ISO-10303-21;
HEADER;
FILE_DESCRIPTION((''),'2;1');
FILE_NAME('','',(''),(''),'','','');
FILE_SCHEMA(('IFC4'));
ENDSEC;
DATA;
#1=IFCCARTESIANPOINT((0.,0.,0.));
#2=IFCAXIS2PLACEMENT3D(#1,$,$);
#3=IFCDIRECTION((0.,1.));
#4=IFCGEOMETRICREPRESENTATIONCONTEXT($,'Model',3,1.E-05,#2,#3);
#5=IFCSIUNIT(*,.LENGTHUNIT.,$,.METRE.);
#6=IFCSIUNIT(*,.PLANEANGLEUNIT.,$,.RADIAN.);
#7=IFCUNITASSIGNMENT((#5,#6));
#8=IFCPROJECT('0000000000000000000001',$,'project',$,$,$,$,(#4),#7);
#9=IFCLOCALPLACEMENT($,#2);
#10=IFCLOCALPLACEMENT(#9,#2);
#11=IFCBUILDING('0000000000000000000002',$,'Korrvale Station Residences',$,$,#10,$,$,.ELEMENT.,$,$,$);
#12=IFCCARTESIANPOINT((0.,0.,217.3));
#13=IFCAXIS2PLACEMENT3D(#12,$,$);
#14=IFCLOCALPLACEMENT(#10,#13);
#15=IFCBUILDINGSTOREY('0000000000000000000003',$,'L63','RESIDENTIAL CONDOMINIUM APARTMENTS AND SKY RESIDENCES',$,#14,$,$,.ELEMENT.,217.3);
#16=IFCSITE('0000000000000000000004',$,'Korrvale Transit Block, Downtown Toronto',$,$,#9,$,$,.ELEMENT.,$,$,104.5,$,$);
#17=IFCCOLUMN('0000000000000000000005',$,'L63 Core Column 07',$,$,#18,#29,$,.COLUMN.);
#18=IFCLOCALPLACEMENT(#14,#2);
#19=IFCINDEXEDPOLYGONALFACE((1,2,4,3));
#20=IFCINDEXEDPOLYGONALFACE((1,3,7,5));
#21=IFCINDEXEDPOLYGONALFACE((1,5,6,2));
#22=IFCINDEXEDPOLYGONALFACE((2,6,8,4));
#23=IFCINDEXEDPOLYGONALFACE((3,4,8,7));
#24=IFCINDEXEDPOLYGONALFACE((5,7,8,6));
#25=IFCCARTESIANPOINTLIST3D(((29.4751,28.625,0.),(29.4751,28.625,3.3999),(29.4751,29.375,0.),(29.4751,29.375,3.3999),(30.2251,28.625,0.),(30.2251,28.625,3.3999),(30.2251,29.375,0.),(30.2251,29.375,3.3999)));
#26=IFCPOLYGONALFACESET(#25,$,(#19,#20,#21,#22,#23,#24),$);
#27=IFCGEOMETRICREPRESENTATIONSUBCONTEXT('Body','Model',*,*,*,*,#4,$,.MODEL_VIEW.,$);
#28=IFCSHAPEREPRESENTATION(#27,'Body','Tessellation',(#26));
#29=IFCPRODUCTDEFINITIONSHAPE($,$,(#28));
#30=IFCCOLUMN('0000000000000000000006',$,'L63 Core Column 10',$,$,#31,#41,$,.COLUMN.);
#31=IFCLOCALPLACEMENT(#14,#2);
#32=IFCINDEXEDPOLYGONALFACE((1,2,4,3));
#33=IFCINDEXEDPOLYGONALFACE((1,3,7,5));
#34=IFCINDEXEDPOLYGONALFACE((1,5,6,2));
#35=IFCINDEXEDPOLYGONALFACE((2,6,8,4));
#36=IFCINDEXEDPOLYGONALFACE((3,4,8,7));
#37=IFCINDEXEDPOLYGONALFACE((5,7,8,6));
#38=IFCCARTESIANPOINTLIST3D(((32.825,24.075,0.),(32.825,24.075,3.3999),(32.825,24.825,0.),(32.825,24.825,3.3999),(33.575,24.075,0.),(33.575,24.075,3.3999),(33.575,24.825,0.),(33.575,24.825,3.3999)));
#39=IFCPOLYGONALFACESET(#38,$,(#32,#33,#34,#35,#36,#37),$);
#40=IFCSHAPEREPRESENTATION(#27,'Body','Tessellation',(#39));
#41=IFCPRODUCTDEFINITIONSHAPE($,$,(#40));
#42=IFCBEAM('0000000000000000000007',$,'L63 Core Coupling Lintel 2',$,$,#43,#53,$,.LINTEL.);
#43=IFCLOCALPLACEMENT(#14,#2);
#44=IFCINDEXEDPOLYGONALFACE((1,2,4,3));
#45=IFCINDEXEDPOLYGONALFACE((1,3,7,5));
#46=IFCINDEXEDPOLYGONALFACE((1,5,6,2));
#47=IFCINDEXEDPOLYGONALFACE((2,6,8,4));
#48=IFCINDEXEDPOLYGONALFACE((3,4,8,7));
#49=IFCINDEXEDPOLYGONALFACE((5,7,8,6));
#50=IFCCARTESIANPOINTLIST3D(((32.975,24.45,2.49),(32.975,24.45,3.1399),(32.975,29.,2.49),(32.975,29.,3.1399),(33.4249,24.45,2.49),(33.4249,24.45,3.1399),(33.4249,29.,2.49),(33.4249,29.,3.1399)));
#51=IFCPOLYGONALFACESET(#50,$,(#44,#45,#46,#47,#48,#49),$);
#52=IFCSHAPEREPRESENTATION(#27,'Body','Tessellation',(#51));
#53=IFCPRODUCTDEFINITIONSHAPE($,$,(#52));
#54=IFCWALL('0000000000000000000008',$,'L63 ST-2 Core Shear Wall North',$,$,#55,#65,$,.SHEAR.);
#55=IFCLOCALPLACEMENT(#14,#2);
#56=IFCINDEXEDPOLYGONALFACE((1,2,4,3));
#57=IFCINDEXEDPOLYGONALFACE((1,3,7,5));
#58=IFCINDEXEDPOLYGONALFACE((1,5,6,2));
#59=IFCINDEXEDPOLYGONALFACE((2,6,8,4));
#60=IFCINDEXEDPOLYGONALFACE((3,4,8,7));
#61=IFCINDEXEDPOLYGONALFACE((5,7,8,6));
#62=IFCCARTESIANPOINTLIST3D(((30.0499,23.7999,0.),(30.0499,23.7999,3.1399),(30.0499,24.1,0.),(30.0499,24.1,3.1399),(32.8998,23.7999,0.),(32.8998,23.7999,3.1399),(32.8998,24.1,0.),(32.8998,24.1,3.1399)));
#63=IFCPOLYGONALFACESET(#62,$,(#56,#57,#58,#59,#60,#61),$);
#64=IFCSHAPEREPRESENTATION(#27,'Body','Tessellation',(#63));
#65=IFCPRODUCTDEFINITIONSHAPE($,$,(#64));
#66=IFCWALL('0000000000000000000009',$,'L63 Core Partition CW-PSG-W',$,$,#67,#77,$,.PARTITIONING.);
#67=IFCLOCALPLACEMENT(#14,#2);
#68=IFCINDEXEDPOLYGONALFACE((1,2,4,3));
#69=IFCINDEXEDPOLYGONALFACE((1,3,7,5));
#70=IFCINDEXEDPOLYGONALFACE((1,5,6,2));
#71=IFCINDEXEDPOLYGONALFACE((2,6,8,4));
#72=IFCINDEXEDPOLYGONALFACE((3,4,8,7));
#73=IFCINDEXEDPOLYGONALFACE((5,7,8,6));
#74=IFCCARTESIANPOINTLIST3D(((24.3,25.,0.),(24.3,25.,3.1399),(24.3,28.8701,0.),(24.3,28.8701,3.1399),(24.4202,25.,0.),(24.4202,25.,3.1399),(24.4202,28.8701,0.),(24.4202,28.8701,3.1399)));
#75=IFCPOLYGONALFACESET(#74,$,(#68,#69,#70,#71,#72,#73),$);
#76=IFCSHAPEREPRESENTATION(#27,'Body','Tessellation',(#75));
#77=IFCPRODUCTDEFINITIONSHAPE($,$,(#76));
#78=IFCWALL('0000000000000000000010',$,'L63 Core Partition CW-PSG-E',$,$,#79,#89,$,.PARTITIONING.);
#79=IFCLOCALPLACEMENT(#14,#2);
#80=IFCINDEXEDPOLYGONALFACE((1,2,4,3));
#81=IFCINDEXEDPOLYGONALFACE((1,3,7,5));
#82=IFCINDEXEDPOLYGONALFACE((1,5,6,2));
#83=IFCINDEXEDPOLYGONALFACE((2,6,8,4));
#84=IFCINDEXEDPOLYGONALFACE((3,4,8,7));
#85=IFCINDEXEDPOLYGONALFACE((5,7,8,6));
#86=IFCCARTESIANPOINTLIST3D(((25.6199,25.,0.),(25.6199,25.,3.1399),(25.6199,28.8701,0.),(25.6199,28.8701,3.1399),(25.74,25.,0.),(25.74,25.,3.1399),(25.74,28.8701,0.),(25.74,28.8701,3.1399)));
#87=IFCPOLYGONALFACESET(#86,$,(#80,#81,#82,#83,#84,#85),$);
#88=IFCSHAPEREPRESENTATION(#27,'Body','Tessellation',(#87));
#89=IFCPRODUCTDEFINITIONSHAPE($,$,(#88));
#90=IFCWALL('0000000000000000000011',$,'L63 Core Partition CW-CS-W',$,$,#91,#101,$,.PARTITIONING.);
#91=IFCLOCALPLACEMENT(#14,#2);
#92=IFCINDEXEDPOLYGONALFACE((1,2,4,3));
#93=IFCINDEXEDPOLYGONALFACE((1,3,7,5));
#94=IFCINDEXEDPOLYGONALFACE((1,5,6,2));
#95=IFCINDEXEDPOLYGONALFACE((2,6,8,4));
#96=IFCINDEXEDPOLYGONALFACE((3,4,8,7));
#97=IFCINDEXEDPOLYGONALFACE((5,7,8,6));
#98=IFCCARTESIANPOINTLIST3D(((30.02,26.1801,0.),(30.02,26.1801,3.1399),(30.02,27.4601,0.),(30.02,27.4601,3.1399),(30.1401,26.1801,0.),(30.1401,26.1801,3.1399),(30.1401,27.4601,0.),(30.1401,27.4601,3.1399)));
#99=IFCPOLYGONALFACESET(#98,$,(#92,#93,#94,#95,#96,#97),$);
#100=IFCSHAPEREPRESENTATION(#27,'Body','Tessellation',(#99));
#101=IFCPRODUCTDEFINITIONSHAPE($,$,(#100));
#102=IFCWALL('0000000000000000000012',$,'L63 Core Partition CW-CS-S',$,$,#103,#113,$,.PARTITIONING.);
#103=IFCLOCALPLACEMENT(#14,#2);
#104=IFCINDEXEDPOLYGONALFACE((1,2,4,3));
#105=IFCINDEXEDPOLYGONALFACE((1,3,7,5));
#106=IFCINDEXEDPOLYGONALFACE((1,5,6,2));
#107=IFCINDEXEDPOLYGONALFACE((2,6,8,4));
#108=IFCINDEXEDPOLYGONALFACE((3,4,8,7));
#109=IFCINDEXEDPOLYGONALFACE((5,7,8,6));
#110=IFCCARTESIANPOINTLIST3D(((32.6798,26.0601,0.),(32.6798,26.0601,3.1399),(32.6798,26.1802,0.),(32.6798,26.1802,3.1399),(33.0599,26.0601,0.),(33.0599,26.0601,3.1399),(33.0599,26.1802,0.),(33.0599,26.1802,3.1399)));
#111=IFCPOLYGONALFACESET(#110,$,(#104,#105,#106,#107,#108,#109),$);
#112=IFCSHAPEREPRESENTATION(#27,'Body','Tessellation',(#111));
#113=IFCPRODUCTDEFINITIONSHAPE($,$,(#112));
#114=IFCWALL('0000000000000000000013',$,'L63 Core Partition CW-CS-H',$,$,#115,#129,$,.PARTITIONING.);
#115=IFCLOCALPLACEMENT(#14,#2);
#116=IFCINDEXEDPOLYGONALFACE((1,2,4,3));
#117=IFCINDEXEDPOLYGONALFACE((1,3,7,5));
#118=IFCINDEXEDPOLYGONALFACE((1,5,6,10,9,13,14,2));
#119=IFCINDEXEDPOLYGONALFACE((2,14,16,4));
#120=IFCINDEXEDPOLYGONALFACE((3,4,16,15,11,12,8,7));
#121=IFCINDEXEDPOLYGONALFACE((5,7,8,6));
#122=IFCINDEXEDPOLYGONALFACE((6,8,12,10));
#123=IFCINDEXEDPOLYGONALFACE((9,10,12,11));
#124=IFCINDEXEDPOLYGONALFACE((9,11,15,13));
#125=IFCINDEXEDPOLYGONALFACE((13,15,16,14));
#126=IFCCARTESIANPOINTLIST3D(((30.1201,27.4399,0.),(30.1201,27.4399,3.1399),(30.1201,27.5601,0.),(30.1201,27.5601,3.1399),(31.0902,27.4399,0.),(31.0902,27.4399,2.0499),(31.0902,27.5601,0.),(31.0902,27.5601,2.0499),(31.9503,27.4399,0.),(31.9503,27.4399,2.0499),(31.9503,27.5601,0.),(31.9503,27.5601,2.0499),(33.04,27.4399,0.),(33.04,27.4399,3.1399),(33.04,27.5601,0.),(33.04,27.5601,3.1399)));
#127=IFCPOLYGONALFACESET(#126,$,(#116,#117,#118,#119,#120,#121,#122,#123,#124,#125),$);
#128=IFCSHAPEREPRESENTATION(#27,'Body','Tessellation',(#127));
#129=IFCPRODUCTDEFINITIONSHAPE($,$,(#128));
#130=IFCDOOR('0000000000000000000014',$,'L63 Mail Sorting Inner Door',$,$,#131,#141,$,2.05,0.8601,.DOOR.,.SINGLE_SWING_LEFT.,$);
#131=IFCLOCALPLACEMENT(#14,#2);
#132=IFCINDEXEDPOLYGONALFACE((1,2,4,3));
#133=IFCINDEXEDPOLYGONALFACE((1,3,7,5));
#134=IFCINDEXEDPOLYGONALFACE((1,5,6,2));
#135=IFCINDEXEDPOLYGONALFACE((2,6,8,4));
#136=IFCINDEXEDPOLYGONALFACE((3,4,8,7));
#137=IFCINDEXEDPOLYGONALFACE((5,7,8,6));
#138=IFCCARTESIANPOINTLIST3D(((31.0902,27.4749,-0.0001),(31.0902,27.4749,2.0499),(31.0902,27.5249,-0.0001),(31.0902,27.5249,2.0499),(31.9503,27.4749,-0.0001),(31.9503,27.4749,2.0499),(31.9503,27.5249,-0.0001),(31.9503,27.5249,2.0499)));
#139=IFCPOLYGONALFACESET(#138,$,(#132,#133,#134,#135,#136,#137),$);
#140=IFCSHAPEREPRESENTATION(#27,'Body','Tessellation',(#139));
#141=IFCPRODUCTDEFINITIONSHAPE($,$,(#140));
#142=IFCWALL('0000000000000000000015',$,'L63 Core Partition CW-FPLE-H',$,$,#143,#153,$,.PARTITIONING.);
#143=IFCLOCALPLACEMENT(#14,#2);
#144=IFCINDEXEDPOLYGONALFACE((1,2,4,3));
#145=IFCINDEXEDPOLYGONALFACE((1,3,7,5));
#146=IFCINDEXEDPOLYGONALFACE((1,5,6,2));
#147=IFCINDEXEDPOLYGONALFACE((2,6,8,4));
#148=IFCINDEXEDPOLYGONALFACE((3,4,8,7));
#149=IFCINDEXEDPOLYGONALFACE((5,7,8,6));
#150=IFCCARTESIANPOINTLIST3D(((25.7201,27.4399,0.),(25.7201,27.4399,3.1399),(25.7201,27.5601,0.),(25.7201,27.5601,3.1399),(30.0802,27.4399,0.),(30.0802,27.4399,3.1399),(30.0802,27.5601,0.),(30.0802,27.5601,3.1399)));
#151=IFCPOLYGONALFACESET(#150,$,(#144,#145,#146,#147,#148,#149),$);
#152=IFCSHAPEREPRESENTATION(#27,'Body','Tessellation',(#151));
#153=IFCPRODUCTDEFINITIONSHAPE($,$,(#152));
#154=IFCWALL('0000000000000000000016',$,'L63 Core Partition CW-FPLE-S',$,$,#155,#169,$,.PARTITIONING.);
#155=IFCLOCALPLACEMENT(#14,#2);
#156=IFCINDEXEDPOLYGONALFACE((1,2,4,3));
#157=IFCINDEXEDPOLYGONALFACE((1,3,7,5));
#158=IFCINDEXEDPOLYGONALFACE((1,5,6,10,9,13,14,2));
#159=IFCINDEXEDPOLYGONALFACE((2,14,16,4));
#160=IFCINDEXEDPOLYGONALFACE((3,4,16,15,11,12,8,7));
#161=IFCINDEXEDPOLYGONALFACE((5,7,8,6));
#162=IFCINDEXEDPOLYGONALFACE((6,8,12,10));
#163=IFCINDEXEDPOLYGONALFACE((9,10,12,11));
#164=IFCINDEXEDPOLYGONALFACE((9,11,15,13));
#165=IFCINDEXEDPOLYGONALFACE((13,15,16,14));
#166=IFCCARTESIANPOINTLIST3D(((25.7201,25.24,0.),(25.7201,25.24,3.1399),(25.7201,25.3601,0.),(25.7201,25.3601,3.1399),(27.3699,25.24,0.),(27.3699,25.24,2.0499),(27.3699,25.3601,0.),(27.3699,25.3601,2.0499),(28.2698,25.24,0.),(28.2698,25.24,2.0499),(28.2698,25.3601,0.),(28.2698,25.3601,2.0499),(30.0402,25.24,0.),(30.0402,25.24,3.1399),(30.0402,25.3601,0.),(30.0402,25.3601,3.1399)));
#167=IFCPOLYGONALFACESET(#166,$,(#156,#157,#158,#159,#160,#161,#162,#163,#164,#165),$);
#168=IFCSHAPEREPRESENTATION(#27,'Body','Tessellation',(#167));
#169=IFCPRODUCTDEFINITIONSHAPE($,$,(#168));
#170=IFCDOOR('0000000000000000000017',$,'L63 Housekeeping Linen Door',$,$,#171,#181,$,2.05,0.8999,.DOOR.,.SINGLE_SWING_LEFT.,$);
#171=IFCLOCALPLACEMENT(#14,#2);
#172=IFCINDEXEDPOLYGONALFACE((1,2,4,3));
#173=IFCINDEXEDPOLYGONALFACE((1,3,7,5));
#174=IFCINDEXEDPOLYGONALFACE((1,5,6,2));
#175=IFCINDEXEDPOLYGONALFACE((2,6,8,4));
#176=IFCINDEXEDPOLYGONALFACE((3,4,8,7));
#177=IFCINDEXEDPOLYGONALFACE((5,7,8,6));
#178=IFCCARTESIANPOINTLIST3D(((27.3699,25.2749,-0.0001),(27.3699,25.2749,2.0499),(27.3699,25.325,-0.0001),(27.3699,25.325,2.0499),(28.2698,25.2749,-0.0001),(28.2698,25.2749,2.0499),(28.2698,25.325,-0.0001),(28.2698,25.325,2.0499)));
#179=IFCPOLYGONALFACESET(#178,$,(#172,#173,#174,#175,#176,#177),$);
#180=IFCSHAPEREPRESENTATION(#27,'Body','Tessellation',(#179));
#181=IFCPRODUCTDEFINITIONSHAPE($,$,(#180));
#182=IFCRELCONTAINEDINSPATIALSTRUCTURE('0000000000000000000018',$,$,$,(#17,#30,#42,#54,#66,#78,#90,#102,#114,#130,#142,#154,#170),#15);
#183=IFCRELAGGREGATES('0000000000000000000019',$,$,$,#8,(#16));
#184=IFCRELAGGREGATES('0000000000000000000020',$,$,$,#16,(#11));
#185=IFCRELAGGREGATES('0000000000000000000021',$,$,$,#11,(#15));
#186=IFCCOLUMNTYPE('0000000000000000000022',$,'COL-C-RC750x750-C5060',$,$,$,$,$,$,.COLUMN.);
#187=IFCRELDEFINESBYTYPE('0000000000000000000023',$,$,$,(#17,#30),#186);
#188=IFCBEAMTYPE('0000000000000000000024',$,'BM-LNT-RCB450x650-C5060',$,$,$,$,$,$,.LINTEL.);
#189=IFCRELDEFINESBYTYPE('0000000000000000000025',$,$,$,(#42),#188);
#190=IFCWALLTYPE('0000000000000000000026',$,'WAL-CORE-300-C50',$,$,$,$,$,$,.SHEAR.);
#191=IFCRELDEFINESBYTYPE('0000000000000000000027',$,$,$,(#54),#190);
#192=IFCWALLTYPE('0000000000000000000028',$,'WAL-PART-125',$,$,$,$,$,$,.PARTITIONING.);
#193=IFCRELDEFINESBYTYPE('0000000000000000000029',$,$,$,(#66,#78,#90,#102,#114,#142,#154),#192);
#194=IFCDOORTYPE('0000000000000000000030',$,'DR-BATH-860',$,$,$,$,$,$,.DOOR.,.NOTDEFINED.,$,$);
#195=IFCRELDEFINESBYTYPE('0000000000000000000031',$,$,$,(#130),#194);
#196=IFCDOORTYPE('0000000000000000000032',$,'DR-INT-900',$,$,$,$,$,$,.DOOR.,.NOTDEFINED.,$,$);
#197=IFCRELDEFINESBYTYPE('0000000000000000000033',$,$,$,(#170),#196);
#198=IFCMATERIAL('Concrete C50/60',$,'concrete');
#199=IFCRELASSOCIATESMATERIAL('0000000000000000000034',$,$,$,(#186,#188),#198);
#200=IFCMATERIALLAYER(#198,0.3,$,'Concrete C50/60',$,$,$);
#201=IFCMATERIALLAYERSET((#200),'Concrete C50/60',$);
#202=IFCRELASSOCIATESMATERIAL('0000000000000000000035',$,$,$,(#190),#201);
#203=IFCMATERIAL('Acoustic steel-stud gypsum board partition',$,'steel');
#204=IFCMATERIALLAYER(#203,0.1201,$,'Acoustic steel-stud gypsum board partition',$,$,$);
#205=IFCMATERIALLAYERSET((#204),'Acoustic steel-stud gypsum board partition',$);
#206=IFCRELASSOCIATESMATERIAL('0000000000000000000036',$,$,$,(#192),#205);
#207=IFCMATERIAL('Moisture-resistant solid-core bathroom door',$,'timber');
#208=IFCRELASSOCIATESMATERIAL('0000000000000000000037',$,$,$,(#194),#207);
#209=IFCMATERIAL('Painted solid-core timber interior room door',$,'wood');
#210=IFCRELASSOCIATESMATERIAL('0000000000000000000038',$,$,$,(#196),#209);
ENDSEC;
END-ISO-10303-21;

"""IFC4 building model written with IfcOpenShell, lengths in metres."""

from ifc_helpers import new_model, si_unit, direction, frame, frame_2d, origin, origin_2d, place, context, subcontext, project, spatial, rectangle, extrude, material, layer, layer_set, material_profile, profile_set, type_object, element, fill, save


model = new_model("IFC4")

# Units and contexts
model_context = context("Model", 3, precision=1e-05, world=origin(), true_north=direction((0.0, 1.0)))
body_context = subcontext(model_context, "Body", "Model", "MODEL_VIEW")
ifc_project = project(units=[si_unit("LENGTHUNIT", "METRE"), si_unit("PLANEANGLEUNIT", "RADIAN")], contexts=[model_context])

# Site, building, storey
site_placement = place(None, origin())
site = spatial("IfcSite", under=ifc_project, at=site_placement, Name="Korrvale Transit Block, Downtown Toronto", CompositionType="ELEMENT", RefElevation=104.5)
building_placement = place(site_placement, origin())
building = spatial("IfcBuilding", under=site, at=building_placement, Name="Korrvale Station Residences", CompositionType="ELEMENT")
storey_placement = place(building_placement, frame((0.0, 0.0, 217.3)))
storey = spatial("IfcBuildingStorey", under=building, at=storey_placement, Name="L63", Description="RESIDENTIAL CONDOMINIUM APARTMENTS AND SKY RESIDENCES", CompositionType="ELEMENT", Elevation=217.3)

# Columns
ifc_material_1 = material(Name="Concrete C50/60", Category="concrete")
ifc_material_profile_1 = material_profile(ifc_material_1, rectangle(XDim=0.75, YDim=0.75, at=origin_2d()), Name="RC750x750")
ifc_profile_set_1 = profile_set([ifc_material_profile_1], Name="Concrete C50/60")
column_type = type_object("IfcColumnType", Name="COL-C-RC750x750-C5060", PredefinedType="COLUMN", material=ifc_profile_set_1)
for number, where, z_axis, x_axis, name in (
    (1, (29.8501, 29.0, 0.0), (0.0, 0.0, 1.0), (1.0, 0.0, 0.0), "L63 Core Column 07"),
    (2, (33.2, 24.45, 0.0), (0.0, 0.0, 1.0), (1.0, 0.0, 0.0), "L63 Core Column 10"),
):
    element("IfcColumn", number, at=place(storey_placement, frame(where, z_axis=z_axis, x_axis=x_axis)), inside=storey, type_object=column_type, Name=name, PredefinedType="COLUMN", context=body_context, shape_type="SweptSolid", body=[
        extrude(rectangle(XDim=0.75, YDim=0.75, at=origin_2d()), origin(), (0.0, 0.0, 1.0), 3.3999),
    ])

# Beam
ifc_material_profile_2 = material_profile(ifc_material_1, rectangle(XDim=0.45, YDim=0.6499, at=origin_2d()), Name="RCB450x650")
ifc_profile_set_2 = profile_set([ifc_material_profile_2], Name="Concrete C50/60")
beam_type = type_object("IfcBeamType", Name="BM-LNT-RCB450x650-C5060", PredefinedType="LINTEL", material=ifc_profile_set_2)
beam_placement = place(storey_placement, frame((33.2, 24.45, 2.8149), z_axis=(0.0, 1.0, 0.0), x_axis=(-1.0, 0.0, 0.0)))
element("IfcBeam", 3, at=beam_placement, inside=storey, type_object=beam_type, Name="L63 Core Coupling Lintel 2", PredefinedType="LINTEL", context=body_context, shape_type="SweptSolid", body=[
    extrude(rectangle(XDim=0.45, YDim=0.6499, at=origin_2d()), origin(), (0.0, 0.0, 1.0), 4.55),
])

# Walls
ifc_layer_1 = layer(ifc_material_1, 0.3, Name="Concrete C50/60")
ifc_layer_set_1 = layer_set([ifc_layer_1], Name="Concrete C50/60")
wall_type_1 = type_object("IfcWallType", Name="WAL-CORE-300-C50", PredefinedType="SHEAR", material=ifc_layer_set_1)
wall_1_placement = place(storey_placement, frame((30.05, 23.95, 0.0), z_axis=(0.0, 0.0, 1.0), x_axis=(1.0, 0.0, 0.0)))
element("IfcWall", 4, at=wall_1_placement, inside=storey, type_object=wall_type_1, Name="L63 ST-2 Core Shear Wall North", PredefinedType="SHEAR", context=body_context, shape_type="SweptSolid", body=[
    extrude(rectangle(XDim=2.8499, YDim=0.3, at=frame_2d((1.4248, 0.0))), origin(), (0.0, 0.0, 1.0), 3.1399),
])
ifc_material_2 = material(Name="Acoustic steel-stud gypsum board partition", Category="steel")
ifc_layer_2 = layer(ifc_material_2, 0.1201, Name="Acoustic steel-stud gypsum board partition")
ifc_layer_set_2 = layer_set([ifc_layer_2], Name="Acoustic steel-stud gypsum board partition")
wall_type_2 = type_object("IfcWallType", Name="WAL-PART-125", PredefinedType="PARTITIONING", material=ifc_layer_set_2)
for number, where, z_axis, x_axis, name in (
    (5, (24.3601, 25.0, 0.0), (0.0, 0.0, 1.0), (0.0, 1.0, 0.0), "L63 Core Partition CW-PSG-W"),
    (6, (25.6799, 25.0, 0.0), (0.0, 0.0, 1.0), (0.0, 1.0, 0.0), "L63 Core Partition CW-PSG-E"),
):
    element("IfcWall", number, at=place(storey_placement, frame(where, z_axis=z_axis, x_axis=x_axis)), inside=storey, type_object=wall_type_2, Name=name, PredefinedType="PARTITIONING", context=body_context, shape_type="SweptSolid", body=[
        extrude(rectangle(XDim=3.8701, YDim=0.1201, at=frame_2d((1.9351, 0.0))), origin(), (0.0, 0.0, 1.0), 3.1399),
    ])
wall_2_placement = place(storey_placement, frame((30.0801, 26.1799, 0.0), z_axis=(0.0, 0.0, 1.0), x_axis=(0.0, 1.0, 0.0)))
element("IfcWall", 7, at=wall_2_placement, inside=storey, type_object=wall_type_2, Name="L63 Core Partition CW-CS-W", PredefinedType="PARTITIONING", context=body_context, shape_type="SweptSolid", body=[
    extrude(rectangle(XDim=1.28, YDim=0.1201, at=frame_2d((0.6401, 0.0))), origin(), (0.0, 0.0, 1.0), 3.1399),
])
wall_3_placement = place(storey_placement, frame((32.6799, 26.1201, 0.0), z_axis=(0.0, 0.0, 1.0), x_axis=(1.0, 0.0, 0.0)))
element("IfcWall", 8, at=wall_3_placement, inside=storey, type_object=wall_type_2, Name="L63 Core Partition CW-CS-S", PredefinedType="PARTITIONING", context=body_context, shape_type="SweptSolid", body=[
    extrude(rectangle(XDim=0.3801, YDim=0.1201, at=frame_2d((0.1899, 0.0))), origin(), (0.0, 0.0, 1.0), 3.1399),
])

# Wall, opening, door
wall_4_placement = place(storey_placement, frame((30.1201, 27.5, 0.0), z_axis=(0.0, 0.0, 1.0), x_axis=(1.0, 0.0, 0.0)))
wall_4 = element("IfcWall", 9, at=wall_4_placement, inside=storey, type_object=wall_type_2, Name="L63 Core Partition CW-CS-H", PredefinedType="PARTITIONING", context=body_context, shape_type="SweptSolid", body=[
    extrude(rectangle(XDim=2.9199, YDim=0.1201, at=frame_2d((1.46, 0.0))), origin(), (0.0, 0.0, 1.0), 3.1399),
])
opening_1_placement = place(wall_4_placement, frame((0.97, 0.0, 0.0)))
opening_1 = element("IfcOpeningElement", 10, at=opening_1_placement, cuts=wall_4, PredefinedType="OPENING", context=body_context, shape_type="SweptSolid", body=[
    extrude(rectangle(XDim=0.8601, YDim=2.05, at=frame_2d((0.4302, 1.0249))), frame((0.0, 0.0701, 0.0), z_axis=(0.0, -1.0, 0.0), x_axis=(1.0, 0.0, 0.0)), (0.0, 0.0, 1.0), 0.1401),
])
ifc_material_3 = material(Name="Moisture-resistant solid-core bathroom door", Category="timber")
door_type_1 = type_object("IfcDoorType", Name="DR-BATH-860", OperationType="NOTDEFINED", PredefinedType="DOOR", material=ifc_material_3)
door_1_placement = place(opening_1_placement, origin())
door_1 = element("IfcDoor", 11, at=door_1_placement, inside=storey, type_object=door_type_1, Name="L63 Mail Sorting Inner Door", OperationType="SINGLE_SWING_LEFT", OverallHeight=2.05, OverallWidth=0.8601, PredefinedType="DOOR", context=body_context, shape_type="SweptSolid", body=[
    extrude(rectangle(XDim=0.8601, YDim=2.05, at=frame_2d((0.4302, 1.0249))), frame((0.0, 0.0249, 0.0), z_axis=(0.0, -1.0, 0.0), x_axis=(1.0, 0.0, 0.0)), (0.0, 0.0, 1.0), 0.05),
])
fill(opening_1, door_1)

# Wall
wall_5_placement = place(storey_placement, frame((25.72, 27.5, 0.0), z_axis=(0.0, 0.0, 1.0), x_axis=(1.0, 0.0, 0.0)))
element("IfcWall", 12, at=wall_5_placement, inside=storey, type_object=wall_type_2, Name="L63 Core Partition CW-FPLE-H", PredefinedType="PARTITIONING", context=body_context, shape_type="SweptSolid", body=[
    extrude(rectangle(XDim=4.3601, YDim=0.1201, at=frame_2d((2.1802, 0.0))), origin(), (0.0, 0.0, 1.0), 3.1399),
])

# Wall, opening, door
wall_6_placement = place(storey_placement, frame((25.72, 25.3, 0.0), z_axis=(0.0, 0.0, 1.0), x_axis=(1.0, 0.0, 0.0)))
wall_6 = element("IfcWall", 13, at=wall_6_placement, inside=storey, type_object=wall_type_2, Name="L63 Core Partition CW-FPLE-S", PredefinedType="PARTITIONING", context=body_context, shape_type="SweptSolid", body=[
    extrude(rectangle(XDim=4.3201, YDim=0.1201, at=frame_2d((2.1602, 0.0))), origin(), (0.0, 0.0, 1.0), 3.1399),
])
opening_2_placement = place(wall_6_placement, frame((1.6499, 0.0, 0.0)))
opening_2 = element("IfcOpeningElement", 14, at=opening_2_placement, cuts=wall_6, PredefinedType="OPENING", context=body_context, shape_type="SweptSolid", body=[
    extrude(rectangle(XDim=0.8999, YDim=2.05, at=frame_2d((0.45, 1.0249))), frame((0.0, 0.0701, 0.0), z_axis=(0.0, -1.0, 0.0), x_axis=(1.0, 0.0, 0.0)), (0.0, 0.0, 1.0), 0.1401),
])
ifc_material_4 = material(Name="Painted solid-core timber interior room door", Category="wood")
door_type_2 = type_object("IfcDoorType", Name="DR-INT-900", OperationType="NOTDEFINED", PredefinedType="DOOR", material=ifc_material_4)
door_2_placement = place(opening_2_placement, origin())
door_2 = element("IfcDoor", 15, at=door_2_placement, inside=storey, type_object=door_type_2, Name="L63 Housekeeping Linen Door", OperationType="SINGLE_SWING_LEFT", OverallHeight=2.05, OverallWidth=0.8999, PredefinedType="DOOR", context=body_context, shape_type="SweptSolid", body=[
    extrude(rectangle(XDim=0.8999, YDim=2.05, at=frame_2d((0.45, 1.0249))), frame((0.0, 0.0249, 0.0), z_axis=(0.0, -1.0, 0.0), x_axis=(1.0, 0.0, 0.0)), (0.0, 0.0, 1.0), 0.05),
])
fill(opening_2, door_2)

save(model, "model.ifc")
